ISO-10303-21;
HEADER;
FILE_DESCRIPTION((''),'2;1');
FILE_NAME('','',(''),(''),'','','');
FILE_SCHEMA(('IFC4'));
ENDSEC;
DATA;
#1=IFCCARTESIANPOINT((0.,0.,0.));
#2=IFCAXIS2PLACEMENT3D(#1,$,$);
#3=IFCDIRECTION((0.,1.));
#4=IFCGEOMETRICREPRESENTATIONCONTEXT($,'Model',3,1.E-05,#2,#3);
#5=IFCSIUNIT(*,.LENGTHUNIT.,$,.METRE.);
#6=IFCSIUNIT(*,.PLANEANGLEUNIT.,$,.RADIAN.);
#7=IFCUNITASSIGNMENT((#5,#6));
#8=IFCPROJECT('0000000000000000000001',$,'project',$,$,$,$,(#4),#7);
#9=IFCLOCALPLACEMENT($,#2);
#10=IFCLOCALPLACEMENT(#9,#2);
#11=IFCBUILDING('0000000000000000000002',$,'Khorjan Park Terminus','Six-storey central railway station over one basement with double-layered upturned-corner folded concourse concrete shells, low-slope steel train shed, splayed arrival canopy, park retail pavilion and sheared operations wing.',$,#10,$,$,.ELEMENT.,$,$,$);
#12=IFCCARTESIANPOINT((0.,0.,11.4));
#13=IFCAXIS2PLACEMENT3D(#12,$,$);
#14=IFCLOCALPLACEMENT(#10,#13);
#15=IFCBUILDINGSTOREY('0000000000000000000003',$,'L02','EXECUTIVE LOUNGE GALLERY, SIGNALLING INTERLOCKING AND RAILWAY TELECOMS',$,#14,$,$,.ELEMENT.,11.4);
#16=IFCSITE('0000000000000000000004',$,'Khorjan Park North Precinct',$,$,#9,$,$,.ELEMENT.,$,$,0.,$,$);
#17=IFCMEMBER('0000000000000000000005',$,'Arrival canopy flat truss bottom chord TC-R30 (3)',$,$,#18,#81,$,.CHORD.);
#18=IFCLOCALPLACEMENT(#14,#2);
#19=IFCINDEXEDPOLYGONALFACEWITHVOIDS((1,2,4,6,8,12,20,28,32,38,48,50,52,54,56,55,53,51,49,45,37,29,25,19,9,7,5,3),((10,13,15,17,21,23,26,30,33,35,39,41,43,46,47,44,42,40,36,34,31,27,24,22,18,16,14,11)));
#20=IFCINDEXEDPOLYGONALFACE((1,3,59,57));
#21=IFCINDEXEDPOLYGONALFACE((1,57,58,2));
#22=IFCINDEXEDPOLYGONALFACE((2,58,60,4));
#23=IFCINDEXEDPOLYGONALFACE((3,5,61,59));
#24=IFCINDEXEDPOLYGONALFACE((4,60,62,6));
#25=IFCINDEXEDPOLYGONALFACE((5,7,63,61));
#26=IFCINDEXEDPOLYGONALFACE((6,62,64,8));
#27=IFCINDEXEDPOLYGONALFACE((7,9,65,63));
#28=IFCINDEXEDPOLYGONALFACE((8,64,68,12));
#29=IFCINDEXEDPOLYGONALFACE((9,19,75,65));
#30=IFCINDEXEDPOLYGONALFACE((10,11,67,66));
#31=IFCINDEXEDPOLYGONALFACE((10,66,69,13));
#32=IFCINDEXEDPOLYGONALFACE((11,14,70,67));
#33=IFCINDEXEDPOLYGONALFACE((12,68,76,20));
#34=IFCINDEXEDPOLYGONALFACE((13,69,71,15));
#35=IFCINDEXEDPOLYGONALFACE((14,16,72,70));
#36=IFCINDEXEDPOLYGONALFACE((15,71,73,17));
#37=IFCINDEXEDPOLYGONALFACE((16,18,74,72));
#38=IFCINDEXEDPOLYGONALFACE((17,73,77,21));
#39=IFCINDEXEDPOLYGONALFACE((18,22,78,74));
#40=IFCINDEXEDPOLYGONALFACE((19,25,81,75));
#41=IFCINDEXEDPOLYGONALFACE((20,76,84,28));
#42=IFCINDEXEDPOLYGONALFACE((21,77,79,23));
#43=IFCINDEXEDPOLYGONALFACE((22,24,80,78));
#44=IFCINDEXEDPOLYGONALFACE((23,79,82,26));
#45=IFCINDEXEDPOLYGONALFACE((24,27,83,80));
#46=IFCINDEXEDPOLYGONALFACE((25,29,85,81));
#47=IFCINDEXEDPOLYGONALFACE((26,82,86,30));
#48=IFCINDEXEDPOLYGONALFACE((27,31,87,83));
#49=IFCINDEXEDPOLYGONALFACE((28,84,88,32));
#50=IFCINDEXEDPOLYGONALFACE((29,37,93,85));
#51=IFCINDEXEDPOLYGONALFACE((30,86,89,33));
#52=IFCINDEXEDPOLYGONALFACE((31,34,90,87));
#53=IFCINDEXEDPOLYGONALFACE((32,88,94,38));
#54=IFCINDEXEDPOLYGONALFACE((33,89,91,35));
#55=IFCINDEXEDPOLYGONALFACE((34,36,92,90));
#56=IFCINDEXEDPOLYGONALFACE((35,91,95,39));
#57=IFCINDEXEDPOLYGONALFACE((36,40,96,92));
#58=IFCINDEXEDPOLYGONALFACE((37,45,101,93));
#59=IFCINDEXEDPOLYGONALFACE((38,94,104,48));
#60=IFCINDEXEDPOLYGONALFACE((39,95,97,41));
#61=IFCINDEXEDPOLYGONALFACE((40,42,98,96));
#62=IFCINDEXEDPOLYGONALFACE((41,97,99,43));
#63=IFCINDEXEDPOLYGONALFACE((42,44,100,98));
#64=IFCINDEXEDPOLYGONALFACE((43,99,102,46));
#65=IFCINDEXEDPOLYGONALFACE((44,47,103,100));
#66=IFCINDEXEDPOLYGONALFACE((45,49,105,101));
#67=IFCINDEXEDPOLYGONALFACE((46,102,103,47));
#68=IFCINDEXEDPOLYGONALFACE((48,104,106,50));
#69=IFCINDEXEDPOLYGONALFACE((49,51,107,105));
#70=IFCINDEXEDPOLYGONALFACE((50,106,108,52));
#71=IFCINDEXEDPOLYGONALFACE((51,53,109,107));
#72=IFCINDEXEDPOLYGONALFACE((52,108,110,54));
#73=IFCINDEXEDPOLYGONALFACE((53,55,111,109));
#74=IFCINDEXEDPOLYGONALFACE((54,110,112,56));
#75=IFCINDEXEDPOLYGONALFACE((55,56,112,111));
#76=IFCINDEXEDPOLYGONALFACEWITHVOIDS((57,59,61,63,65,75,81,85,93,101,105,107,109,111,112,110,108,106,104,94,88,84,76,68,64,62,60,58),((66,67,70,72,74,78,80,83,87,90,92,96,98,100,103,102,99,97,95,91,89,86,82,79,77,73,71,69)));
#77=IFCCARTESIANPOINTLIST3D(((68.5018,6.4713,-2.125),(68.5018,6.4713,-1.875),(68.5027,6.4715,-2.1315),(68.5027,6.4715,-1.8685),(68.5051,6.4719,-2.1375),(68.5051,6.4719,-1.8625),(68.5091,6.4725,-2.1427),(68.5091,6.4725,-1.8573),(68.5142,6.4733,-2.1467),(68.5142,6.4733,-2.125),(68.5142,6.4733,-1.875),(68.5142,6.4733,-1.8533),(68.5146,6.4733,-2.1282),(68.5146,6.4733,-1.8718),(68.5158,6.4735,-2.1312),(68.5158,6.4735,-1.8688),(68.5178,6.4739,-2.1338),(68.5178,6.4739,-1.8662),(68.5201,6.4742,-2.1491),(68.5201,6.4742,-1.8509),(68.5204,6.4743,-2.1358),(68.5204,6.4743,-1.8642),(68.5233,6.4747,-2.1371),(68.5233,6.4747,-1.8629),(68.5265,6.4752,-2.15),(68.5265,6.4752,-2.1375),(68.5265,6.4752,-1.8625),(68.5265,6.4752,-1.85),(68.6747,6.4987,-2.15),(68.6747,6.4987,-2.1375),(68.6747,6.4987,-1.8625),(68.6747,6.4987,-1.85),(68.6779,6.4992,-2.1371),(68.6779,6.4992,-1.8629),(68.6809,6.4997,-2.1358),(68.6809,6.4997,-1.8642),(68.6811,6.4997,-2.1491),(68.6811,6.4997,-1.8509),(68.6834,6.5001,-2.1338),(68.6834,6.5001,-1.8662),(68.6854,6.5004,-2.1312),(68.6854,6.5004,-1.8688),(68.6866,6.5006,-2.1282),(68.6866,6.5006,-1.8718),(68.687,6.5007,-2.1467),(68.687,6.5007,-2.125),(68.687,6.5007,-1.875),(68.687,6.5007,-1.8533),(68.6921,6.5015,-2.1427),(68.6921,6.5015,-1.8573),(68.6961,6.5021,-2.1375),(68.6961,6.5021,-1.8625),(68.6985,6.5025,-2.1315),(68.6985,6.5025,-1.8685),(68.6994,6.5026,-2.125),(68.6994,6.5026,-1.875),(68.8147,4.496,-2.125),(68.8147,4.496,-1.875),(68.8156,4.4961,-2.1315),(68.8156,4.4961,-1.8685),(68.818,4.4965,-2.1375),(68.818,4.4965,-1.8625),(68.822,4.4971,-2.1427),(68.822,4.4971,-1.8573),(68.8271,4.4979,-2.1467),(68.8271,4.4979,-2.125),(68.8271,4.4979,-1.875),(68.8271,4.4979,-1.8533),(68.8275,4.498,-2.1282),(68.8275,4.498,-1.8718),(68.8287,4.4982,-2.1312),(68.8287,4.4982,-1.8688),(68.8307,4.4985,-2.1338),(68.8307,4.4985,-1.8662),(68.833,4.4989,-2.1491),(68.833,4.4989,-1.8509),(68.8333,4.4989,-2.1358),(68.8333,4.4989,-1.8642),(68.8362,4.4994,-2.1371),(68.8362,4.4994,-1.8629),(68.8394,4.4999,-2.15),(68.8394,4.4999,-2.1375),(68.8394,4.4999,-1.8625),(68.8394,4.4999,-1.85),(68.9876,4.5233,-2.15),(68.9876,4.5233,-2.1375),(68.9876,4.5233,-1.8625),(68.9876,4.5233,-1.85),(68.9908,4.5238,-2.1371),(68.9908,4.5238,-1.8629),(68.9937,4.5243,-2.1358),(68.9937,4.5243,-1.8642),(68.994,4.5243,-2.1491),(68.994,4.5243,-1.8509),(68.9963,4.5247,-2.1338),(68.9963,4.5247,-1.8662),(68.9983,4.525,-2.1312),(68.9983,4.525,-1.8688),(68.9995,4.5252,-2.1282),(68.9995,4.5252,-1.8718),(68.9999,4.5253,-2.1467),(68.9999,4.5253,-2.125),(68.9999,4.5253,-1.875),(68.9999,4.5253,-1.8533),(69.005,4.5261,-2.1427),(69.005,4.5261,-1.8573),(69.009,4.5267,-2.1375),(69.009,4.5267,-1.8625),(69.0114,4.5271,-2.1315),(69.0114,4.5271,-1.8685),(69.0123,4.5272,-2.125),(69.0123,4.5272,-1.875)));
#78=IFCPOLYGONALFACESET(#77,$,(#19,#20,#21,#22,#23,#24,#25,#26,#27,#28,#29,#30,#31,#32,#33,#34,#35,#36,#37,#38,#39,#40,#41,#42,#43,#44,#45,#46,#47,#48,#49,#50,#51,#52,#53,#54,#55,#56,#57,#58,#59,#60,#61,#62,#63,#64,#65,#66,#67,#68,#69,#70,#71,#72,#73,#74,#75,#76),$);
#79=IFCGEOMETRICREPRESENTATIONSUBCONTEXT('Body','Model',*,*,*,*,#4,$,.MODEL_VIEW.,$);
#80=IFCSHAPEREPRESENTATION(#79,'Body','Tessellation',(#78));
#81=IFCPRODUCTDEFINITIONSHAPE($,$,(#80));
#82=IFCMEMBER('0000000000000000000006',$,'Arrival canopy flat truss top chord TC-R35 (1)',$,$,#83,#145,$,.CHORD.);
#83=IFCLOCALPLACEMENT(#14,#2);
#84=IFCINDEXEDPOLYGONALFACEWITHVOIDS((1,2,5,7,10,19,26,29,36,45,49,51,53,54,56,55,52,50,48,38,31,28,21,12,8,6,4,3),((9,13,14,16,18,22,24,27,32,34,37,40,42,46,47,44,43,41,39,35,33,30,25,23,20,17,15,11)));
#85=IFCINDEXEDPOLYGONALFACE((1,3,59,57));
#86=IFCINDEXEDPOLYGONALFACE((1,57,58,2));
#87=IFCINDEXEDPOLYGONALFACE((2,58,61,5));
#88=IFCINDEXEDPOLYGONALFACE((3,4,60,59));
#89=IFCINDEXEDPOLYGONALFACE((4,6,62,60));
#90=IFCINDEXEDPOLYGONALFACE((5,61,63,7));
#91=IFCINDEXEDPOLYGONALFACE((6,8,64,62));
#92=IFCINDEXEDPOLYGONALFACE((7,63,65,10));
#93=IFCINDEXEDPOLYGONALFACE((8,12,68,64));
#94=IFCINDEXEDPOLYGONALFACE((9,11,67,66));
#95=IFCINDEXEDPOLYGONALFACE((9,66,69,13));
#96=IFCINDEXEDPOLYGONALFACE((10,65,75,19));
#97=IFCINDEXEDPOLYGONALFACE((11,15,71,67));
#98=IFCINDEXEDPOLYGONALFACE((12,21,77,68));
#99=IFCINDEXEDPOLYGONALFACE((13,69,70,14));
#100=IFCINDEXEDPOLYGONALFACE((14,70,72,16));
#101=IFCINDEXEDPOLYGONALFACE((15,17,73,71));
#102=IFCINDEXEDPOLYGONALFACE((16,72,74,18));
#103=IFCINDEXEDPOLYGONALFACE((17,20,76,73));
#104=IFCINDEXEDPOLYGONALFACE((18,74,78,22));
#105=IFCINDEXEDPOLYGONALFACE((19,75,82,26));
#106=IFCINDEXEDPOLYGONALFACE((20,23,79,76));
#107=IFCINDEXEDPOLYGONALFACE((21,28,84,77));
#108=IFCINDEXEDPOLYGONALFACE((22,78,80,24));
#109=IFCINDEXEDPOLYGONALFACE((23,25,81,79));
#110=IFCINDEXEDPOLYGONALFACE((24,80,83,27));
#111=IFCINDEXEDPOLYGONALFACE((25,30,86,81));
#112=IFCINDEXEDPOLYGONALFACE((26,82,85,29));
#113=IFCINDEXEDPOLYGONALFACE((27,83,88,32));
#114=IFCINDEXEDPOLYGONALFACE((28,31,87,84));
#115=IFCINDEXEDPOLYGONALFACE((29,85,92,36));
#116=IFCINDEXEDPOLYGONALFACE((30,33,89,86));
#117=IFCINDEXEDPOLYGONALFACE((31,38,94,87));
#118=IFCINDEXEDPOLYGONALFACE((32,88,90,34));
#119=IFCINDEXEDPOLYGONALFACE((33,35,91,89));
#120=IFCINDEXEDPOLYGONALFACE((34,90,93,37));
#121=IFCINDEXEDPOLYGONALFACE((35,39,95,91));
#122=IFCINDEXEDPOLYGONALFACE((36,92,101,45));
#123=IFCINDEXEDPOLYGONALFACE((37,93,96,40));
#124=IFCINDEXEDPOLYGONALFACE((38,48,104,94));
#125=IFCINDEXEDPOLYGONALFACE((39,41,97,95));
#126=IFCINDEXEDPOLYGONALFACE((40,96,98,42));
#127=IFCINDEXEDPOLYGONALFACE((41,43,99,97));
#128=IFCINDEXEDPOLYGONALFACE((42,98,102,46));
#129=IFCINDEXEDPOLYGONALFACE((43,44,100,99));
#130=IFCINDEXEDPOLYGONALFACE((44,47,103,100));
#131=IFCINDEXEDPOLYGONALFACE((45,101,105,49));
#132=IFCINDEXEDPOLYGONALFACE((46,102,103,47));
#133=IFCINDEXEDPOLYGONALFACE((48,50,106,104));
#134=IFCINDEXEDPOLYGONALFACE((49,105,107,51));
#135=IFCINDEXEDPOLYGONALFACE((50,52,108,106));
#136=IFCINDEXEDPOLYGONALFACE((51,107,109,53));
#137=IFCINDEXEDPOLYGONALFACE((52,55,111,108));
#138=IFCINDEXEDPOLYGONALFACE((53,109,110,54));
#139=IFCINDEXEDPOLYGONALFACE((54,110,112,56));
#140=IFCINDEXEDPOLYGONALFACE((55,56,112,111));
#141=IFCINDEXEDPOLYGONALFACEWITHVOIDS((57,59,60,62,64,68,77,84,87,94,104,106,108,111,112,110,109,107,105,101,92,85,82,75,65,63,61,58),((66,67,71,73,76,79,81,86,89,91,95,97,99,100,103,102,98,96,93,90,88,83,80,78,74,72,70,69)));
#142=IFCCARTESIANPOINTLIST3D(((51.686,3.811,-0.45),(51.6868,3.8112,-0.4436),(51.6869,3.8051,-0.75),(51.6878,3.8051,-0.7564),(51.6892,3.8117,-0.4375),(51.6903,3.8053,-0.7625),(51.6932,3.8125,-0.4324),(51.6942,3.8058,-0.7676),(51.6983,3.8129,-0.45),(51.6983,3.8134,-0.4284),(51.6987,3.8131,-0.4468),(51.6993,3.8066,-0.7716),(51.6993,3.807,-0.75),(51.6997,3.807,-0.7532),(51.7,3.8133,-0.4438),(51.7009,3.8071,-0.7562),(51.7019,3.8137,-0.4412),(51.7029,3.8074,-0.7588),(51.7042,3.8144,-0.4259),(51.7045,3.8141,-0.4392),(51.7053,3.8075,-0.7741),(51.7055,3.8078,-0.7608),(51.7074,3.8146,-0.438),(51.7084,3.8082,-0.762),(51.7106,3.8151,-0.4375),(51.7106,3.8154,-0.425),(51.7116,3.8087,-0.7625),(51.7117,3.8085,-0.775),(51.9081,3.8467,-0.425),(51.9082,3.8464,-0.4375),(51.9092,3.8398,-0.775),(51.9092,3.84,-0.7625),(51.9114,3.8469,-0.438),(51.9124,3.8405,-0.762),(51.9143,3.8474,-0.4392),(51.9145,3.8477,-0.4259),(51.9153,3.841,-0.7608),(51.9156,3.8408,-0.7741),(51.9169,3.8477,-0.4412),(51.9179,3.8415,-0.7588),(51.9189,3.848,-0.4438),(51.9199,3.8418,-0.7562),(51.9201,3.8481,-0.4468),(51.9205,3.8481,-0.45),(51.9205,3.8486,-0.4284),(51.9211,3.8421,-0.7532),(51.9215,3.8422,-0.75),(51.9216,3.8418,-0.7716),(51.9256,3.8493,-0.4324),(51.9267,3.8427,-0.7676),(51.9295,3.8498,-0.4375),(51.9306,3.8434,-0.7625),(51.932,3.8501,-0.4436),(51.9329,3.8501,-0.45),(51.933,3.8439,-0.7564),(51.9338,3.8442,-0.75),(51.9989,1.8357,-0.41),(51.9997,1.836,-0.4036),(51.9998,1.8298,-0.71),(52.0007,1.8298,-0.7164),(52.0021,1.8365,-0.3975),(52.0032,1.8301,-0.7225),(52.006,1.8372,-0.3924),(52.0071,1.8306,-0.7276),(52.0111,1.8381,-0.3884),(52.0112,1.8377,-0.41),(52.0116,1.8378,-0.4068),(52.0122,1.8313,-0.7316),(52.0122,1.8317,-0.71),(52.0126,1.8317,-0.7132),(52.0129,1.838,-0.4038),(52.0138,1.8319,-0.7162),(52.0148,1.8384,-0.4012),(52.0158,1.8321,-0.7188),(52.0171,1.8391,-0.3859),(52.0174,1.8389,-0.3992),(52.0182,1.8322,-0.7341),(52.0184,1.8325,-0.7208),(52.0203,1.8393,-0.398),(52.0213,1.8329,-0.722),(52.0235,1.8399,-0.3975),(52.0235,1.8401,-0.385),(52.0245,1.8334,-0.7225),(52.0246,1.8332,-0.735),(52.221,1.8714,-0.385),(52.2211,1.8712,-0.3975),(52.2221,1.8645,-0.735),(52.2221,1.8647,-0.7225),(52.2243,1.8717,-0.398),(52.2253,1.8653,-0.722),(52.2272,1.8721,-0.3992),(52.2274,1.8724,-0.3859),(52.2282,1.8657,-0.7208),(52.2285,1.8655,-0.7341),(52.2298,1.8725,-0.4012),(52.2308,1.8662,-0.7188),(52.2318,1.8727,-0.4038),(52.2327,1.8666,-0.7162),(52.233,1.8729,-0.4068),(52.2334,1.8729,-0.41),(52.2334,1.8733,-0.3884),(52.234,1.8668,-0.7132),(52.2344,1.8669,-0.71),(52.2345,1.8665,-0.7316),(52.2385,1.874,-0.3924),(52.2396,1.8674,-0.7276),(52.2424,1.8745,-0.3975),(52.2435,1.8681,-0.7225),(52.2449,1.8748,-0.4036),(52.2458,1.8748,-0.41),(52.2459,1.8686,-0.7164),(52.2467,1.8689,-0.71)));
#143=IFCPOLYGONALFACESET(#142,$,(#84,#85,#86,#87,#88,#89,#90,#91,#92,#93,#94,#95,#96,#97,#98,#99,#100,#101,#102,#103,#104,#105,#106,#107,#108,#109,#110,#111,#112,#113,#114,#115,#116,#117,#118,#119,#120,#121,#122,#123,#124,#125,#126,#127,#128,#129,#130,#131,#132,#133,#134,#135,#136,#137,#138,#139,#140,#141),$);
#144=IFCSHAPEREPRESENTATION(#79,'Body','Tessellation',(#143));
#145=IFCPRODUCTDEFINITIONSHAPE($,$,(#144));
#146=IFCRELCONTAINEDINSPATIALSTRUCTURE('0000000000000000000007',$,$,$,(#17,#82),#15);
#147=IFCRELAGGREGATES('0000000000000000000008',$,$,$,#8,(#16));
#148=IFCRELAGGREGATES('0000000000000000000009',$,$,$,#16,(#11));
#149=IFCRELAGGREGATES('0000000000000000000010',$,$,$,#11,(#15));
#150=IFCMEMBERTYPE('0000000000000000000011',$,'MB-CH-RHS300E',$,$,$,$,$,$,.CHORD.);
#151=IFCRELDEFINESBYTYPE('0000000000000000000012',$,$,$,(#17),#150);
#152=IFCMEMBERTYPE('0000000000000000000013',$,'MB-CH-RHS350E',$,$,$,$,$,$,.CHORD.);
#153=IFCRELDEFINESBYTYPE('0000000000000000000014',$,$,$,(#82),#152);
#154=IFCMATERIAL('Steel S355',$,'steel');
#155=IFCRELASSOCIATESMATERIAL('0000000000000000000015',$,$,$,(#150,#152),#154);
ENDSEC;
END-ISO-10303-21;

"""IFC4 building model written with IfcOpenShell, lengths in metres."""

from ifc_helpers import new_model, si_unit, direction, frame, origin, origin_2d, place, context, subcontext, project, spatial, hollow_rectangle, extrude, material, material_profile, profile_set, type_object, element, save


model = new_model("IFC4")

# Units and contexts
model_context = context("Model", 3, precision=1e-05, world=origin(), true_north=direction((0.0, 1.0)))
body_context = subcontext(model_context, "Body", "Model", "MODEL_VIEW")
ifc_project = project(units=[si_unit("LENGTHUNIT", "METRE"), si_unit("PLANEANGLEUNIT", "RADIAN")], contexts=[model_context])

# Site, building, storey
site_placement = place(None, origin())
site = spatial("IfcSite", under=ifc_project, at=site_placement, Name="Khorjan Park North Precinct", CompositionType="ELEMENT", RefElevation=0.0)
building_placement = place(site_placement, origin())
building = spatial("IfcBuilding", under=site, at=building_placement, Name="Khorjan Park Terminus", Description="Six-storey central railway station over one basement with double-layered upturned-corner folded concourse concrete shells, low-slope steel train shed, splayed arrival canopy, park retail pavilion and sheared operations wing.", CompositionType="ELEMENT")
storey_placement = place(building_placement, frame((0.0, 0.0, 11.4)))
storey = spatial("IfcBuildingStorey", under=building, at=storey_placement, Name="L02", Description="EXECUTIVE LOUNGE GALLERY, SIGNALLING INTERLOCKING AND RAILWAY TELECOMS", CompositionType="ELEMENT", Elevation=11.4)

# Members
ifc_material_1 = material(Name="Steel S355", Category="steel")
ifc_material_profile_1 = material_profile(ifc_material_1, hollow_rectangle(XDim=0.2, YDim=0.3, WallThickness=0.0125, InnerFilletRadius=0.0125, OuterFilletRadius=0.025, at=origin_2d()), Name="RHS 300x200x12.5")
ifc_profile_set_1 = profile_set([ifc_material_profile_1], Name="Steel S355")
member_type_1 = type_object("IfcMemberType", Name="MB-CH-RHS300E", PredefinedType="CHORD", material=ifc_profile_set_1)
member_1_placement = place(storey_placement, frame((68.9135, 4.5116, -2.0), z_axis=(-0.156448, 0.987686, 0.0), x_axis=(-0.987686, -0.156448, 0.0)))
element("IfcMember", 1, at=member_1_placement, inside=storey, type_object=member_type_1, Name="Arrival canopy flat truss bottom chord TC-R30 (3)", PredefinedType="CHORD", context=body_context, shape_type="SweptSolid", body=[
    extrude(hollow_rectangle(XDim=0.2, YDim=0.3, WallThickness=0.0125, InnerFilletRadius=0.0125, OuterFilletRadius=0.025, at=origin_2d()), origin(), (0.0, 0.0, 1.0), 2.0),
])
ifc_material_profile_2 = material_profile(ifc_material_1, hollow_rectangle(XDim=0.25, YDim=0.35, WallThickness=0.0125, InnerFilletRadius=0.0125, OuterFilletRadius=0.025, at=origin_2d()), Name="RHS 350x250x12.5")
ifc_profile_set_2 = profile_set([ifc_material_profile_2], Name="Steel S355")
member_type_2 = type_object("IfcMemberType", Name="MB-CH-RHS350E", PredefinedType="CHORD", material=ifc_profile_set_2)
for number, where, z_axis, x_axis, name in (
    (2, (52.1228, 1.8523, -0.56), (-0.156424, 0.987488, -0.019997), (-0.987685, -0.156456, 0.0), "Arrival canopy flat truss top chord TC-R35 (1)"),
):
    element("IfcMember", number, at=place(storey_placement, frame(where, z_axis=z_axis, x_axis=x_axis)), inside=storey, type_object=member_type_2, Name=name, PredefinedType="CHORD", context=body_context, shape_type="SweptSolid", body=[
        extrude(hollow_rectangle(XDim=0.25, YDim=0.35, WallThickness=0.0125, InnerFilletRadius=0.0125, OuterFilletRadius=0.025, at=origin_2d()), origin(), (0.0, 0.0, 1.0), 2.0003),
    ])

save(model, "model.ifc")
